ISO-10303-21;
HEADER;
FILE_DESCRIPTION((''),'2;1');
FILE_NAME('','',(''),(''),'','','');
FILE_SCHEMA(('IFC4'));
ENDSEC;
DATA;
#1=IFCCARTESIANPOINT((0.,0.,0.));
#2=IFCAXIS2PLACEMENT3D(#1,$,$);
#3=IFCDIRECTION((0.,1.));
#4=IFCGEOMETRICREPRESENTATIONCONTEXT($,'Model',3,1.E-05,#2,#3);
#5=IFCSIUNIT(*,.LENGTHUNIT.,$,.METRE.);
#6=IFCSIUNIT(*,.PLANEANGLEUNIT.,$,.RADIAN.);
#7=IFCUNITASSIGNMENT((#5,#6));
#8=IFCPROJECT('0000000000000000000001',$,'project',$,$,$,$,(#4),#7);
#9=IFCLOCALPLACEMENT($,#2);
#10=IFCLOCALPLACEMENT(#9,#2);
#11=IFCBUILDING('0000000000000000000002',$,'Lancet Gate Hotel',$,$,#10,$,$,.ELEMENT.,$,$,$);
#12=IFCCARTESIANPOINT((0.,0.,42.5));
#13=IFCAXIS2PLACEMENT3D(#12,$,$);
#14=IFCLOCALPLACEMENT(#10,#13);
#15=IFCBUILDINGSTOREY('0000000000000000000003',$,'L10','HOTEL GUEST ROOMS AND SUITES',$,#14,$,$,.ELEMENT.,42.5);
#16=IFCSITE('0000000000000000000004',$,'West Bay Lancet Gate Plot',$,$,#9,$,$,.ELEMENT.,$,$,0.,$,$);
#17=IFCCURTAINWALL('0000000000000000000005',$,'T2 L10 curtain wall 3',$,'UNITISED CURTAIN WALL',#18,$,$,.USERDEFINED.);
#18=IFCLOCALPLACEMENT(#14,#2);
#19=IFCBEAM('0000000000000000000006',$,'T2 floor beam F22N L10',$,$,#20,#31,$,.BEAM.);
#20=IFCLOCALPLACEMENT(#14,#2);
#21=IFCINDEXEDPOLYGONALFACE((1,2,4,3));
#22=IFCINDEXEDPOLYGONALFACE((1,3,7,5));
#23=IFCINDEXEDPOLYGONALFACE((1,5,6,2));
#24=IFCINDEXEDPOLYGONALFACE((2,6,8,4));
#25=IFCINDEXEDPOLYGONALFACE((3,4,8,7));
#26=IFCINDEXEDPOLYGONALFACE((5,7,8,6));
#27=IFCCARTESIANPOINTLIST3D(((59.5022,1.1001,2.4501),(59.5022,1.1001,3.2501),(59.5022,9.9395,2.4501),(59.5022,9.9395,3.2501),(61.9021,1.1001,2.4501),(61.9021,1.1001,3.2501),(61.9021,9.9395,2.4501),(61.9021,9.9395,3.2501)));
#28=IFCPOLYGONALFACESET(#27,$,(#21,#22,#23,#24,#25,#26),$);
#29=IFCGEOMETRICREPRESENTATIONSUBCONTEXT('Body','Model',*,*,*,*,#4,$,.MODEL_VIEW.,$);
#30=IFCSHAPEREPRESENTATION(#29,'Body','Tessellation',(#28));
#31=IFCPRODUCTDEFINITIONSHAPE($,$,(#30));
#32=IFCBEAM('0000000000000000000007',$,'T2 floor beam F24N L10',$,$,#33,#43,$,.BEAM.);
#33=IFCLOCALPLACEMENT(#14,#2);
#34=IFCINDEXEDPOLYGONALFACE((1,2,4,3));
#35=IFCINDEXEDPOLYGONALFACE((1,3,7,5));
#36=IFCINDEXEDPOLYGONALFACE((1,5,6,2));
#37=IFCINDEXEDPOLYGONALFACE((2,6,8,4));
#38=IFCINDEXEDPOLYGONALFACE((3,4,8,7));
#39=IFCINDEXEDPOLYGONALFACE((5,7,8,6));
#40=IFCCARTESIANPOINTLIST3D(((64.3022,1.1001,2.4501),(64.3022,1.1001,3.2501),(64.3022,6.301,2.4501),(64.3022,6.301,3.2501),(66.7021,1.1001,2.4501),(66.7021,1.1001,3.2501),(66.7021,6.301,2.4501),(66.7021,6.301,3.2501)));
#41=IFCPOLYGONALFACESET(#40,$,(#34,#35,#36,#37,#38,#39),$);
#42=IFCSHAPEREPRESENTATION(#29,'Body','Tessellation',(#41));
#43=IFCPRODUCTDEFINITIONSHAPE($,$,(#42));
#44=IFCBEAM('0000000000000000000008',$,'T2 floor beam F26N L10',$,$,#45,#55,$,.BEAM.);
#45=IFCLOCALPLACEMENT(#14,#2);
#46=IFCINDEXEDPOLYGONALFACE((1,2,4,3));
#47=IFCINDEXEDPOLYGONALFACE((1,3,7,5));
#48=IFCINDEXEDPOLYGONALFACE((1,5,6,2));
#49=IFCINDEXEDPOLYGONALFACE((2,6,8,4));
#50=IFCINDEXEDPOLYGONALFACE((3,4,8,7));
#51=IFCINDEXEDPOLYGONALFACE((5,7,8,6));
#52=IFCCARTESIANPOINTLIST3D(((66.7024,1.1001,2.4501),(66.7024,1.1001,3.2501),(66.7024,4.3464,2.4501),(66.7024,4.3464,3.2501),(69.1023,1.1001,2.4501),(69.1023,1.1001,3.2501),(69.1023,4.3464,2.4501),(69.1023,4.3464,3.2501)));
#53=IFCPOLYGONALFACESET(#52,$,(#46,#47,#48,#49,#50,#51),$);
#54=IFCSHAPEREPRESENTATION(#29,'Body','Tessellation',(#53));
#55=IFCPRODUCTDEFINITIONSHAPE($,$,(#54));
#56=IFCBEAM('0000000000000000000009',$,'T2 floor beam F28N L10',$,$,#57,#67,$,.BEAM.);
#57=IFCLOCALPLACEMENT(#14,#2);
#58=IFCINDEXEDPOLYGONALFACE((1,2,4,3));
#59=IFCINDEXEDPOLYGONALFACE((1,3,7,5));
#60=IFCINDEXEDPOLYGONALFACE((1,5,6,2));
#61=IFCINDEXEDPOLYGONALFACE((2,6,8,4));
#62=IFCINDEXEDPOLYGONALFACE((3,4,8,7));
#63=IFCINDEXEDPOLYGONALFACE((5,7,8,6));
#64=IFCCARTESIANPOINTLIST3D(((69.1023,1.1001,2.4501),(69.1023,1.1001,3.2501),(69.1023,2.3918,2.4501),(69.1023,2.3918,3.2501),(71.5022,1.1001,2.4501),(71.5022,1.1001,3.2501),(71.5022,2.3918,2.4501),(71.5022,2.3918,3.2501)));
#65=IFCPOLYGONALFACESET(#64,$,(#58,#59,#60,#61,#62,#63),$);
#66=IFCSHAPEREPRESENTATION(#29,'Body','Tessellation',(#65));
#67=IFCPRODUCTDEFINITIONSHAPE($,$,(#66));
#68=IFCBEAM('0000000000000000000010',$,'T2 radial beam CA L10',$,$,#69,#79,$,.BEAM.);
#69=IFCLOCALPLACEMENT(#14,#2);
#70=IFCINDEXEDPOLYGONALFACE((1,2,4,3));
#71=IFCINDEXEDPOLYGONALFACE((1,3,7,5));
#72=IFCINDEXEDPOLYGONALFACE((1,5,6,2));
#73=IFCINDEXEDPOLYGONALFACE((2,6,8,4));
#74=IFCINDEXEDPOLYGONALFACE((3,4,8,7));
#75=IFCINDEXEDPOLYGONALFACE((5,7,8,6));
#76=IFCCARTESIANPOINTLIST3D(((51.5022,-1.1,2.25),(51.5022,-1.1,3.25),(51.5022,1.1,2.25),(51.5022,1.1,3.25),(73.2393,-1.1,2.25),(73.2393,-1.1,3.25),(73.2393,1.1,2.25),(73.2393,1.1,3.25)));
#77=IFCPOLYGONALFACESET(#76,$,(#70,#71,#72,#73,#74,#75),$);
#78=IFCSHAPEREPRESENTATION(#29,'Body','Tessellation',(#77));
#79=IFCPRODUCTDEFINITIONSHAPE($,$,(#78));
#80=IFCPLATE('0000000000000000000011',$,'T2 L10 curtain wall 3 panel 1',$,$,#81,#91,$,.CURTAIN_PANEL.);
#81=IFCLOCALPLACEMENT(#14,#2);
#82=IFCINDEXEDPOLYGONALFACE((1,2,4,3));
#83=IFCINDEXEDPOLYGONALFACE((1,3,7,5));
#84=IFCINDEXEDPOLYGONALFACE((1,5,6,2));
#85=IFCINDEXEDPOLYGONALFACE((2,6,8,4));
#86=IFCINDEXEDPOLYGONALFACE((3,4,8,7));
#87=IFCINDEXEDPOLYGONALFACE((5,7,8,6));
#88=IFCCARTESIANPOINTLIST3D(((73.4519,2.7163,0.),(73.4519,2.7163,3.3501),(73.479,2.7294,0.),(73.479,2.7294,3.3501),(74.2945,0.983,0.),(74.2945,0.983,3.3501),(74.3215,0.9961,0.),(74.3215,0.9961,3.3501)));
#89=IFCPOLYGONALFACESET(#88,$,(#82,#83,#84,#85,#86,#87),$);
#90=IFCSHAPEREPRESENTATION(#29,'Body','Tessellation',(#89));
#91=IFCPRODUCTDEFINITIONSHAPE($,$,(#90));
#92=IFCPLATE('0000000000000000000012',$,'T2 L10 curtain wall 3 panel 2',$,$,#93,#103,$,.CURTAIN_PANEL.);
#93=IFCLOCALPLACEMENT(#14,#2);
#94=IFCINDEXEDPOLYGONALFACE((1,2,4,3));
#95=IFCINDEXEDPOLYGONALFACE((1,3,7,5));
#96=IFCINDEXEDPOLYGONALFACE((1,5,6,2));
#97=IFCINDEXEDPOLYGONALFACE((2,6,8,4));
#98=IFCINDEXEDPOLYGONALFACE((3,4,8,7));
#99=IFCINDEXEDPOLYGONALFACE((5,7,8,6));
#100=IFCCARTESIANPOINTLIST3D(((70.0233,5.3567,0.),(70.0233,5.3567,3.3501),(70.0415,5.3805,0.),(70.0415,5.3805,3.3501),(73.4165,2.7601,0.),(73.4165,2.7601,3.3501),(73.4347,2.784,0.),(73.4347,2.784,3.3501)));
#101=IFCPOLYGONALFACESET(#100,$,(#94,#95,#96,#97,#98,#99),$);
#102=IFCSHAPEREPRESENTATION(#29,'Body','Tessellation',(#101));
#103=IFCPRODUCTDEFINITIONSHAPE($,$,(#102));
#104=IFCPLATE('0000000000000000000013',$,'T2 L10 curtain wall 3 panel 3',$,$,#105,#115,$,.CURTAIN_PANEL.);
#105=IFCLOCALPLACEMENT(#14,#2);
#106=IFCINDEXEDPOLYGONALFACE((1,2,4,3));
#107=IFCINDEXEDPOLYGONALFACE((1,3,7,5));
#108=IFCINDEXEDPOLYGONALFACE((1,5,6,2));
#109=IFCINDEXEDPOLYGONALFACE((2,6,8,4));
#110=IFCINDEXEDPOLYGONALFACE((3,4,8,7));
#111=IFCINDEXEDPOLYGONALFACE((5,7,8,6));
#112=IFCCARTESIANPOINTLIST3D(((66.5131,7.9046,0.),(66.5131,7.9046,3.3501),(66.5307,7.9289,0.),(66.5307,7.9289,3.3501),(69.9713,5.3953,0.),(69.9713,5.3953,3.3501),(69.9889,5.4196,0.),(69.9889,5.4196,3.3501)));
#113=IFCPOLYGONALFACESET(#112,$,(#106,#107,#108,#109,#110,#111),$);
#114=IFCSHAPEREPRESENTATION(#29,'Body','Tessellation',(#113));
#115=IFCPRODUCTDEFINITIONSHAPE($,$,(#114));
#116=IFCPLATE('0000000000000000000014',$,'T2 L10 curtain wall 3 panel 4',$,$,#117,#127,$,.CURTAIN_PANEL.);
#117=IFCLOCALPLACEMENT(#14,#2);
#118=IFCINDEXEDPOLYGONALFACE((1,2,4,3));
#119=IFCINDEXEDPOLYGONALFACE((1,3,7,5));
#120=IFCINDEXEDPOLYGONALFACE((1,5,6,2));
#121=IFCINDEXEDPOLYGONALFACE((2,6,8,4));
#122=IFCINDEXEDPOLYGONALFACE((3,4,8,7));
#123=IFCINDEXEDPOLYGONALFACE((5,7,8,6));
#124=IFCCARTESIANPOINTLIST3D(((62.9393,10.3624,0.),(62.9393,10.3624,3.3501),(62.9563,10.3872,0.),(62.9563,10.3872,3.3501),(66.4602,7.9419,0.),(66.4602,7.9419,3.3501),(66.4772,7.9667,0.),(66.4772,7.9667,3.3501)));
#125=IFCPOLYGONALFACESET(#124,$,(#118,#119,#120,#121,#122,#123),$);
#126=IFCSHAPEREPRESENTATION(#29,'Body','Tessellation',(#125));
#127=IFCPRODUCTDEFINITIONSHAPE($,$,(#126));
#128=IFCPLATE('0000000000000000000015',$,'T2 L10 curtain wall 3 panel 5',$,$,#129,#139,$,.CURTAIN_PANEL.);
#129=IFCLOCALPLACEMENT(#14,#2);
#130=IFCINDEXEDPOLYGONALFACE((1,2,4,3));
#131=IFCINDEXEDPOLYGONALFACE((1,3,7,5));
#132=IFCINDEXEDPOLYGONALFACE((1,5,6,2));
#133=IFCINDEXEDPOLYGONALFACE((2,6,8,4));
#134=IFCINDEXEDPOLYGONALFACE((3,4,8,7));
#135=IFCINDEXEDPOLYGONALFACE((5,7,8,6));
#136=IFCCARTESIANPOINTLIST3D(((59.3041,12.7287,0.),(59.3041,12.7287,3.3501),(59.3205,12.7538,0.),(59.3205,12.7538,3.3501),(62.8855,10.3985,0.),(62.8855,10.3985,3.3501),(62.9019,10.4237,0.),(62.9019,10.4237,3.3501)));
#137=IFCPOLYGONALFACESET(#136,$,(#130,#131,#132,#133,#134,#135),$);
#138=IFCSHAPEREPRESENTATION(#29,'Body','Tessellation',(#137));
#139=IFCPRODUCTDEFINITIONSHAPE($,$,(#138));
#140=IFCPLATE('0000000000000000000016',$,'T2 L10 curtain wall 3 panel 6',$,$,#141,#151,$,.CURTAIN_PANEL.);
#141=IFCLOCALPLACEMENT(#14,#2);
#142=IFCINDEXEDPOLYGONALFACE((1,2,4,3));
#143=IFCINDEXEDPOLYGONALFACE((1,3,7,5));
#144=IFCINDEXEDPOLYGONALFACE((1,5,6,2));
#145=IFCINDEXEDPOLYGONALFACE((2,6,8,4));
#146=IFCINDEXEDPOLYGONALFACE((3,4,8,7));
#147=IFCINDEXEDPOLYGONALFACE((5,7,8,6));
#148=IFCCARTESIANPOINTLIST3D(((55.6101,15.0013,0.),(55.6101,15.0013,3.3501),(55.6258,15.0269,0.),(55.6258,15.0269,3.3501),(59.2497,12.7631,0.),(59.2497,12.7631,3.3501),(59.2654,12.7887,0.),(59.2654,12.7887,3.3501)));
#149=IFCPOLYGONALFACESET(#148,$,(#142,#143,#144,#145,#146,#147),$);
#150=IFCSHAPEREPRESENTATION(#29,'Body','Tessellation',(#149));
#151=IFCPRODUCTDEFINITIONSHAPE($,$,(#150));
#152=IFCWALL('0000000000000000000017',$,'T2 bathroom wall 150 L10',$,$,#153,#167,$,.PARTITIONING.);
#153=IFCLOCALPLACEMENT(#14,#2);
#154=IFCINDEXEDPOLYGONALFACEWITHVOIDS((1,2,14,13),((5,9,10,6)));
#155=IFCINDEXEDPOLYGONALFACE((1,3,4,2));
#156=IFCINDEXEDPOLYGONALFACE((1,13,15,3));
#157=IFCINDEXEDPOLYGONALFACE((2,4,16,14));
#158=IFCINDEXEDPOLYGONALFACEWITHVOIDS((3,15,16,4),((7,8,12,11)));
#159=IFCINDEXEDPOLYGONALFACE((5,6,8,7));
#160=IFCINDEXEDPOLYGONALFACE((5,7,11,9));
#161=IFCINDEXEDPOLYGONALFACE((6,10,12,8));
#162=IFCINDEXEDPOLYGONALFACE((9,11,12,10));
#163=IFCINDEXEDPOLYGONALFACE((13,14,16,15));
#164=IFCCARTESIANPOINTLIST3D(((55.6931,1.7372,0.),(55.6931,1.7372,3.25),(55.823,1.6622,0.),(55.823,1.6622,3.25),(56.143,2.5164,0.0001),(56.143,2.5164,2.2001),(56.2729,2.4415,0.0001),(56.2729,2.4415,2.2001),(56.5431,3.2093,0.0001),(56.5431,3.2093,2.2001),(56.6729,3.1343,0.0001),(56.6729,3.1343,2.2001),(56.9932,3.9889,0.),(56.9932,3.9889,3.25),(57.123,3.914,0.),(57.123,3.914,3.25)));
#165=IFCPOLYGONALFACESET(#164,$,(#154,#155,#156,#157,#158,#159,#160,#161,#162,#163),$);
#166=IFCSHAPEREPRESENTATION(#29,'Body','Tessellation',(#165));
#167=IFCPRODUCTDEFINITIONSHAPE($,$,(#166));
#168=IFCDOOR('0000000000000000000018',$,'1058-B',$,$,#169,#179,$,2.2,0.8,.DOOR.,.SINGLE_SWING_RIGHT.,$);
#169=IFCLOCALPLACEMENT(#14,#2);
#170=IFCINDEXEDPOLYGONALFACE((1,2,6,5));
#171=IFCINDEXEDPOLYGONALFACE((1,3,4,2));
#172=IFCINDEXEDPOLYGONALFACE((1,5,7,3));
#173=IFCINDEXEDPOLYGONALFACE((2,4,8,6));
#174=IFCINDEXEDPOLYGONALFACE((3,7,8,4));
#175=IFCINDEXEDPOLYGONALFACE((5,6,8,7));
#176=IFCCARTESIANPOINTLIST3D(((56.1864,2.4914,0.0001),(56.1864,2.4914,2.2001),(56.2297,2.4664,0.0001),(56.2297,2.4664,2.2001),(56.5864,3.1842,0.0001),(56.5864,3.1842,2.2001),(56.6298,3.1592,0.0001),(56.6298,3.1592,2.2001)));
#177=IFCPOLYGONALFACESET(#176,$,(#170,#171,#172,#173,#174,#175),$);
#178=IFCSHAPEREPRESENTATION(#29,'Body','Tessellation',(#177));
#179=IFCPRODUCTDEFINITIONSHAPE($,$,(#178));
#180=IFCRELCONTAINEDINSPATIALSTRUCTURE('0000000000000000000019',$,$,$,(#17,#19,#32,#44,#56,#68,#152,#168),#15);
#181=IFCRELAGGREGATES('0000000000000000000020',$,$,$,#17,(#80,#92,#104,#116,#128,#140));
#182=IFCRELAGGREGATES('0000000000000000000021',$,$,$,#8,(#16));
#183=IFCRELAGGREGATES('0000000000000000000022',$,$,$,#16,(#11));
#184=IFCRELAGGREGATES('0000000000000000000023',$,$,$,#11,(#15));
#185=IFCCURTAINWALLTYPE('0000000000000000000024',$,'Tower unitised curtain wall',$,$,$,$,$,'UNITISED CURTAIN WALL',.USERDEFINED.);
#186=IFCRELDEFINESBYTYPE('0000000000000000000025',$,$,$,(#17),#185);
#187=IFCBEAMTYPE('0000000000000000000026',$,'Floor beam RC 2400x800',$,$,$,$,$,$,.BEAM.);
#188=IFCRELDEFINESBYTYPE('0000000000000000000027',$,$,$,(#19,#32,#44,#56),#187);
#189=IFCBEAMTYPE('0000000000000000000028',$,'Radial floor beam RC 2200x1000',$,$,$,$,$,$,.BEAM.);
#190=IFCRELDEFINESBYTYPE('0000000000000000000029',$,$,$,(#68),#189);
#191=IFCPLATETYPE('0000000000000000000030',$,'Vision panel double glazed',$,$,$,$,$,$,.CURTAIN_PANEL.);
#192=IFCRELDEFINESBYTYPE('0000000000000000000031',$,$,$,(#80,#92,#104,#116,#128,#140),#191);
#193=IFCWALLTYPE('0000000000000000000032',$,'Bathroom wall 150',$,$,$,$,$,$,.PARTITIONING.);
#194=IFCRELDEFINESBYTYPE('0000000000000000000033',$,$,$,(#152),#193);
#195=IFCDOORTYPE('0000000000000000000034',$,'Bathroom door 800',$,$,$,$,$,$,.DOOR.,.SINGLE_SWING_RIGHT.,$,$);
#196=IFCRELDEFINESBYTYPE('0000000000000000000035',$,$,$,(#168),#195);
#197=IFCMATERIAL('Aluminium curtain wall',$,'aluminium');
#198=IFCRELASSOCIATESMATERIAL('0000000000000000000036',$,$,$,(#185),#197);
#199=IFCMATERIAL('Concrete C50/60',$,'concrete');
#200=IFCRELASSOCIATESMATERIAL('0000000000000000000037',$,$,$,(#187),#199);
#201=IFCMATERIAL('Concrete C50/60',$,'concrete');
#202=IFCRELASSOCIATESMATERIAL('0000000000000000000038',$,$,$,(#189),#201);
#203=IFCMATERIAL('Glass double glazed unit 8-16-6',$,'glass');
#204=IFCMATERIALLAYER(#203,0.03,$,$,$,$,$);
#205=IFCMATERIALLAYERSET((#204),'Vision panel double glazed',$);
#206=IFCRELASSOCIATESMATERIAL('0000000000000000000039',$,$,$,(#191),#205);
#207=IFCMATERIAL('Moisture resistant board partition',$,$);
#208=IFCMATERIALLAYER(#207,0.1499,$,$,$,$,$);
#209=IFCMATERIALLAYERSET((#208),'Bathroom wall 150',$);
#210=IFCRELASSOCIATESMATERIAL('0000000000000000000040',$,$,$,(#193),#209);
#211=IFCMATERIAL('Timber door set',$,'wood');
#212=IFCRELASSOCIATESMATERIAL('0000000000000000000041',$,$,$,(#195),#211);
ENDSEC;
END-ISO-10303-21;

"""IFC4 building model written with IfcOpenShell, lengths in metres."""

from ifc_helpers import new_model, si_unit, direction, frame, frame_2d, origin, origin_2d, place, context, subcontext, project, spatial, rectangle, extrude, material, layer, layer_set, material_profile, profile_set, type_object, element, fill, aggregate, save


model = new_model("IFC4")

# Units and contexts
model_context = context("Model", 3, precision=1e-05, world=origin(), true_north=direction((0.0, 1.0)))
body_context = subcontext(model_context, "Body", "Model", "MODEL_VIEW")
ifc_project = project(units=[si_unit("LENGTHUNIT", "METRE"), si_unit("PLANEANGLEUNIT", "RADIAN")], contexts=[model_context])

# Site, building, storey
site_placement = place(None, origin())
site = spatial("IfcSite", under=ifc_project, at=site_placement, Name="West Bay Lancet Gate Plot", CompositionType="ELEMENT", RefElevation=0.0)
building_placement = place(site_placement, origin())
building = spatial("IfcBuilding", under=site, at=building_placement, Name="Lancet Gate Hotel", CompositionType="ELEMENT")
storey_placement = place(building_placement, frame((0.0, 0.0, 42.5)))
storey = spatial("IfcBuildingStorey", under=building, at=storey_placement, Name="L10", Description="HOTEL GUEST ROOMS AND SUITES", CompositionType="ELEMENT", Elevation=42.5)

# Curtain wall
ifc_material_1 = material(Name="Aluminium curtain wall", Category="aluminium")
curtain_wall_type = type_object("IfcCurtainWallType", Name="Tower unitised curtain wall", ElementType="UNITISED CURTAIN WALL", PredefinedType="USERDEFINED", material=ifc_material_1)
curtain_wall_placement = place(storey_placement, origin())
curtain_wall = element("IfcCurtainWall", 1, at=curtain_wall_placement, inside=storey, type_object=curtain_wall_type, Name="T2 L10 curtain wall 3", ObjectType="UNITISED CURTAIN WALL", PredefinedType="USERDEFINED")

# Beams
ifc_material_2 = material(Name="Concrete C50/60", Category="concrete")
ifc_material_profile_1 = material_profile(ifc_material_2, rectangle(XDim=2.3999, YDim=0.8, at=origin_2d()), Name="RC 2400x800")
ifc_profile_set_1 = profile_set([ifc_material_profile_1], Name="Concrete C50/60")
beam_type_1 = type_object("IfcBeamType", Name="Floor beam RC 2400x800", PredefinedType="BEAM", material=ifc_profile_set_1)
beam_1_placement = place(storey_placement, frame((60.7021, 1.1001, 2.8501), z_axis=(0.0, 1.0, 0.0), x_axis=(-1.0, 0.0, 0.0)))
element("IfcBeam", 2, at=beam_1_placement, inside=storey, type_object=beam_type_1, Name="T2 floor beam F22N L10", PredefinedType="BEAM", context=body_context, shape_type="SweptSolid", body=[
    extrude(rectangle(XDim=2.3999, YDim=0.8, at=origin_2d()), origin(), (0.0, 0.0, 1.0), 8.8394),
])
beam_2_placement = place(storey_placement, frame((65.5022, 1.1001, 2.8501), z_axis=(0.0, 1.0, 0.0), x_axis=(-1.0, 0.0, 0.0)))
element("IfcBeam", 3, at=beam_2_placement, inside=storey, type_object=beam_type_1, Name="T2 floor beam F24N L10", PredefinedType="BEAM", context=body_context, shape_type="SweptSolid", body=[
    extrude(rectangle(XDim=2.3999, YDim=0.8, at=origin_2d()), origin(), (0.0, 0.0, 1.0), 5.2009),
])
beam_3_placement = place(storey_placement, frame((67.9023, 1.1001, 2.8501), z_axis=(0.0, 1.0, 0.0), x_axis=(-1.0, 0.0, 0.0)))
element("IfcBeam", 4, at=beam_3_placement, inside=storey, type_object=beam_type_1, Name="T2 floor beam F26N L10", PredefinedType="BEAM", context=body_context, shape_type="SweptSolid", body=[
    extrude(rectangle(XDim=2.3999, YDim=0.8, at=origin_2d()), origin(), (0.0, 0.0, 1.0), 3.2463),
])
beam_4_placement = place(storey_placement, frame((70.3022, 1.1001, 2.8501), z_axis=(0.0, 1.0, 0.0), x_axis=(-1.0, 0.0, 0.0)))
element("IfcBeam", 5, at=beam_4_placement, inside=storey, type_object=beam_type_1, Name="T2 floor beam F28N L10", PredefinedType="BEAM", context=body_context, shape_type="SweptSolid", body=[
    extrude(rectangle(XDim=2.3999, YDim=0.8, at=origin_2d()), origin(), (0.0, 0.0, 1.0), 1.2917),
])
ifc_material_3 = material(Name="Concrete C50/60", Category="concrete")
ifc_material_profile_2 = material_profile(ifc_material_3, rectangle(XDim=2.2, YDim=1.0, at=origin_2d()), Name="RC 2200x1000")
ifc_profile_set_2 = profile_set([ifc_material_profile_2], Name="Concrete C50/60")
beam_type_2 = type_object("IfcBeamType", Name="Radial floor beam RC 2200x1000", PredefinedType="BEAM", material=ifc_profile_set_2)
beam_5_placement = place(storey_placement, frame((73.2393, 0.0, 2.75), z_axis=(-1.0, 0.0, 0.0), x_axis=(0.0, -1.0, 0.0)))
element("IfcBeam", 6, at=beam_5_placement, inside=storey, type_object=beam_type_2, Name="T2 radial beam CA L10", PredefinedType="BEAM", context=body_context, shape_type="SweptSolid", body=[
    extrude(rectangle(XDim=2.2, YDim=1.0, at=origin_2d()), origin(), (0.0, 0.0, 1.0), 21.7371),
])

# Plates
ifc_material_4 = material(Name="Glass double glazed unit 8-16-6", Category="glass")
ifc_layer_1 = layer(ifc_material_4, 0.03)
ifc_layer_set_1 = layer_set([ifc_layer_1], Name="Vision panel double glazed")
plate_type = type_object("IfcPlateType", Name="Vision panel double glazed", PredefinedType="CURTAIN_PANEL", material=ifc_layer_set_1)
plate_1_placement = place(storey_placement, frame((73.8867, 1.8562, 0.0), z_axis=(0.0, 0.0, 1.0), x_axis=(-0.437169, 0.899379, 0.0)))
plate_1 = element("IfcPlate", 7, at=plate_1_placement, type_object=plate_type, Name="T2 L10 curtain wall 3 panel 1", PredefinedType="CURTAIN_PANEL", context=body_context, shape_type="SweptSolid", body=[
    extrude(rectangle(XDim=1.9272, YDim=0.03, at=origin_2d()), origin(), (0.0, 0.0, 1.0), 3.3501),
])
plate_2_placement = place(storey_placement, frame((71.729, 4.0703, 0.0), z_axis=(0.0, 0.0, 1.0), x_axis=(-0.79416, 0.607709, 0.0)))
plate_2 = element("IfcPlate", 8, at=plate_2_placement, type_object=plate_type, Name="T2 L10 curtain wall 3 panel 2", PredefinedType="CURTAIN_PANEL", context=body_context, shape_type="SweptSolid", body=[
    extrude(rectangle(XDim=4.2727, YDim=0.03, at=origin_2d()), origin(), (0.0, 0.0, 1.0), 3.3501),
])
plate_3_placement = place(storey_placement, frame((68.251, 6.6621, 0.0), z_axis=(0.0, 0.0, 1.0), x_axis=(-0.80937, 0.587299, 0.0)))
plate_3 = element("IfcPlate", 9, at=plate_3_placement, type_object=plate_type, Name="T2 L10 curtain wall 3 panel 3", PredefinedType="CURTAIN_PANEL", context=body_context, shape_type="SweptSolid", body=[
    extrude(rectangle(XDim=4.2727, YDim=0.03, at=origin_2d()), origin(), (0.0, 0.0, 1.0), 3.3501),
])
plate_4_placement = place(storey_placement, frame((64.7083, 9.1646, 0.0), z_axis=(0.0, 0.0, 1.0), x_axis=(-0.824055, 0.566509, 0.0)))
plate_4 = element("IfcPlate", 10, at=plate_4_placement, type_object=plate_type, Name="T2 L10 curtain wall 3 panel 4", PredefinedType="CURTAIN_PANEL", context=body_context, shape_type="SweptSolid", body=[
    extrude(rectangle(XDim=4.2727, YDim=0.03, at=origin_2d()), origin(), (0.0, 0.0, 1.0), 3.3501),
])
plate_5_placement = place(storey_placement, frame((61.103, 11.5762, 0.0), z_axis=(0.0, 0.0, 1.0), x_axis=(-0.838207, 0.545353, 0.0)))
plate_5 = element("IfcPlate", 11, at=plate_5_placement, type_object=plate_type, Name="T2 L10 curtain wall 3 panel 5", PredefinedType="CURTAIN_PANEL", context=body_context, shape_type="SweptSolid", body=[
    extrude(rectangle(XDim=4.2727, YDim=0.03, at=origin_2d()), origin(), (0.0, 0.0, 1.0), 3.3501),
])
plate_6_placement = place(storey_placement, frame((57.4377, 13.895, 0.0), z_axis=(0.0, 0.0, 1.0), x_axis=(-0.851815, 0.523842, 0.0)))
plate_6 = element("IfcPlate", 12, at=plate_6_placement, type_object=plate_type, Name="T2 L10 curtain wall 3 panel 6", PredefinedType="CURTAIN_PANEL", context=body_context, shape_type="SweptSolid", body=[
    extrude(rectangle(XDim=4.2727, YDim=0.03, at=origin_2d()), origin(), (0.0, 0.0, 1.0), 3.3501),
])
aggregate(curtain_wall, [plate_1, plate_2, plate_3, plate_4, plate_5, plate_6])

# Wall, opening, door
ifc_material_5 = material(Name="Moisture resistant board partition")
ifc_layer_2 = layer(ifc_material_5, 0.1499)
ifc_layer_set_2 = layer_set([ifc_layer_2], Name="Bathroom wall 150")
wall_type = type_object("IfcWallType", Name="Bathroom wall 150", PredefinedType="PARTITIONING", material=ifc_layer_set_2)
wall_placement = place(storey_placement, frame((55.7581, 1.6997, 0.0), z_axis=(0.0, 0.0, 1.0), x_axis=(0.500007, 0.866021, 0.0)))
wall = element("IfcWall", 13, at=wall_placement, inside=storey, type_object=wall_type, Name="T2 bathroom wall 150 L10", PredefinedType="PARTITIONING", context=body_context, shape_type="SweptSolid", body=[
    extrude(rectangle(XDim=2.6001, YDim=0.1499, at=frame_2d((1.3, 0.0))), origin(), (0.0, 0.0, 1.0), 3.25),
])
opening_placement = place(wall_placement, frame((0.8999, 0.0, 0.0)))
opening = element("IfcOpeningElement", 14, at=opening_placement, cuts=wall, PredefinedType="OPENING", context=body_context, shape_type="SweptSolid", body=[
    extrude(rectangle(XDim=0.8, YDim=2.2, at=frame_2d((0.3999, 1.1001))), frame((0.0, 0.085, 0.0), z_axis=(0.0, -1.0, 0.0), x_axis=(1.0, 0.0, 0.0)), (0.0, 0.0, 1.0), 0.1699),
])
ifc_material_6 = material(Name="Timber door set", Category="wood")
door_type = type_object("IfcDoorType", Name="Bathroom door 800", OperationType="SINGLE_SWING_RIGHT", PredefinedType="DOOR", material=ifc_material_6)
door_placement = place(opening_placement, origin())
door = element("IfcDoor", 15, at=door_placement, inside=storey, type_object=door_type, Name="1058-B", OperationType="SINGLE_SWING_RIGHT", OverallHeight=2.2, OverallWidth=0.8, PredefinedType="DOOR", context=body_context, shape_type="SweptSolid", body=[
    extrude(rectangle(XDim=0.8, YDim=2.2, at=frame_2d((0.3999, 1.1001))), frame((0.0, 0.0249, 0.0), z_axis=(0.0, -1.0, 0.0), x_axis=(1.0, 0.0, 0.0)), (0.0, 0.0, 1.0), 0.05),
])
fill(opening, door)

save(model, "model.ifc")
